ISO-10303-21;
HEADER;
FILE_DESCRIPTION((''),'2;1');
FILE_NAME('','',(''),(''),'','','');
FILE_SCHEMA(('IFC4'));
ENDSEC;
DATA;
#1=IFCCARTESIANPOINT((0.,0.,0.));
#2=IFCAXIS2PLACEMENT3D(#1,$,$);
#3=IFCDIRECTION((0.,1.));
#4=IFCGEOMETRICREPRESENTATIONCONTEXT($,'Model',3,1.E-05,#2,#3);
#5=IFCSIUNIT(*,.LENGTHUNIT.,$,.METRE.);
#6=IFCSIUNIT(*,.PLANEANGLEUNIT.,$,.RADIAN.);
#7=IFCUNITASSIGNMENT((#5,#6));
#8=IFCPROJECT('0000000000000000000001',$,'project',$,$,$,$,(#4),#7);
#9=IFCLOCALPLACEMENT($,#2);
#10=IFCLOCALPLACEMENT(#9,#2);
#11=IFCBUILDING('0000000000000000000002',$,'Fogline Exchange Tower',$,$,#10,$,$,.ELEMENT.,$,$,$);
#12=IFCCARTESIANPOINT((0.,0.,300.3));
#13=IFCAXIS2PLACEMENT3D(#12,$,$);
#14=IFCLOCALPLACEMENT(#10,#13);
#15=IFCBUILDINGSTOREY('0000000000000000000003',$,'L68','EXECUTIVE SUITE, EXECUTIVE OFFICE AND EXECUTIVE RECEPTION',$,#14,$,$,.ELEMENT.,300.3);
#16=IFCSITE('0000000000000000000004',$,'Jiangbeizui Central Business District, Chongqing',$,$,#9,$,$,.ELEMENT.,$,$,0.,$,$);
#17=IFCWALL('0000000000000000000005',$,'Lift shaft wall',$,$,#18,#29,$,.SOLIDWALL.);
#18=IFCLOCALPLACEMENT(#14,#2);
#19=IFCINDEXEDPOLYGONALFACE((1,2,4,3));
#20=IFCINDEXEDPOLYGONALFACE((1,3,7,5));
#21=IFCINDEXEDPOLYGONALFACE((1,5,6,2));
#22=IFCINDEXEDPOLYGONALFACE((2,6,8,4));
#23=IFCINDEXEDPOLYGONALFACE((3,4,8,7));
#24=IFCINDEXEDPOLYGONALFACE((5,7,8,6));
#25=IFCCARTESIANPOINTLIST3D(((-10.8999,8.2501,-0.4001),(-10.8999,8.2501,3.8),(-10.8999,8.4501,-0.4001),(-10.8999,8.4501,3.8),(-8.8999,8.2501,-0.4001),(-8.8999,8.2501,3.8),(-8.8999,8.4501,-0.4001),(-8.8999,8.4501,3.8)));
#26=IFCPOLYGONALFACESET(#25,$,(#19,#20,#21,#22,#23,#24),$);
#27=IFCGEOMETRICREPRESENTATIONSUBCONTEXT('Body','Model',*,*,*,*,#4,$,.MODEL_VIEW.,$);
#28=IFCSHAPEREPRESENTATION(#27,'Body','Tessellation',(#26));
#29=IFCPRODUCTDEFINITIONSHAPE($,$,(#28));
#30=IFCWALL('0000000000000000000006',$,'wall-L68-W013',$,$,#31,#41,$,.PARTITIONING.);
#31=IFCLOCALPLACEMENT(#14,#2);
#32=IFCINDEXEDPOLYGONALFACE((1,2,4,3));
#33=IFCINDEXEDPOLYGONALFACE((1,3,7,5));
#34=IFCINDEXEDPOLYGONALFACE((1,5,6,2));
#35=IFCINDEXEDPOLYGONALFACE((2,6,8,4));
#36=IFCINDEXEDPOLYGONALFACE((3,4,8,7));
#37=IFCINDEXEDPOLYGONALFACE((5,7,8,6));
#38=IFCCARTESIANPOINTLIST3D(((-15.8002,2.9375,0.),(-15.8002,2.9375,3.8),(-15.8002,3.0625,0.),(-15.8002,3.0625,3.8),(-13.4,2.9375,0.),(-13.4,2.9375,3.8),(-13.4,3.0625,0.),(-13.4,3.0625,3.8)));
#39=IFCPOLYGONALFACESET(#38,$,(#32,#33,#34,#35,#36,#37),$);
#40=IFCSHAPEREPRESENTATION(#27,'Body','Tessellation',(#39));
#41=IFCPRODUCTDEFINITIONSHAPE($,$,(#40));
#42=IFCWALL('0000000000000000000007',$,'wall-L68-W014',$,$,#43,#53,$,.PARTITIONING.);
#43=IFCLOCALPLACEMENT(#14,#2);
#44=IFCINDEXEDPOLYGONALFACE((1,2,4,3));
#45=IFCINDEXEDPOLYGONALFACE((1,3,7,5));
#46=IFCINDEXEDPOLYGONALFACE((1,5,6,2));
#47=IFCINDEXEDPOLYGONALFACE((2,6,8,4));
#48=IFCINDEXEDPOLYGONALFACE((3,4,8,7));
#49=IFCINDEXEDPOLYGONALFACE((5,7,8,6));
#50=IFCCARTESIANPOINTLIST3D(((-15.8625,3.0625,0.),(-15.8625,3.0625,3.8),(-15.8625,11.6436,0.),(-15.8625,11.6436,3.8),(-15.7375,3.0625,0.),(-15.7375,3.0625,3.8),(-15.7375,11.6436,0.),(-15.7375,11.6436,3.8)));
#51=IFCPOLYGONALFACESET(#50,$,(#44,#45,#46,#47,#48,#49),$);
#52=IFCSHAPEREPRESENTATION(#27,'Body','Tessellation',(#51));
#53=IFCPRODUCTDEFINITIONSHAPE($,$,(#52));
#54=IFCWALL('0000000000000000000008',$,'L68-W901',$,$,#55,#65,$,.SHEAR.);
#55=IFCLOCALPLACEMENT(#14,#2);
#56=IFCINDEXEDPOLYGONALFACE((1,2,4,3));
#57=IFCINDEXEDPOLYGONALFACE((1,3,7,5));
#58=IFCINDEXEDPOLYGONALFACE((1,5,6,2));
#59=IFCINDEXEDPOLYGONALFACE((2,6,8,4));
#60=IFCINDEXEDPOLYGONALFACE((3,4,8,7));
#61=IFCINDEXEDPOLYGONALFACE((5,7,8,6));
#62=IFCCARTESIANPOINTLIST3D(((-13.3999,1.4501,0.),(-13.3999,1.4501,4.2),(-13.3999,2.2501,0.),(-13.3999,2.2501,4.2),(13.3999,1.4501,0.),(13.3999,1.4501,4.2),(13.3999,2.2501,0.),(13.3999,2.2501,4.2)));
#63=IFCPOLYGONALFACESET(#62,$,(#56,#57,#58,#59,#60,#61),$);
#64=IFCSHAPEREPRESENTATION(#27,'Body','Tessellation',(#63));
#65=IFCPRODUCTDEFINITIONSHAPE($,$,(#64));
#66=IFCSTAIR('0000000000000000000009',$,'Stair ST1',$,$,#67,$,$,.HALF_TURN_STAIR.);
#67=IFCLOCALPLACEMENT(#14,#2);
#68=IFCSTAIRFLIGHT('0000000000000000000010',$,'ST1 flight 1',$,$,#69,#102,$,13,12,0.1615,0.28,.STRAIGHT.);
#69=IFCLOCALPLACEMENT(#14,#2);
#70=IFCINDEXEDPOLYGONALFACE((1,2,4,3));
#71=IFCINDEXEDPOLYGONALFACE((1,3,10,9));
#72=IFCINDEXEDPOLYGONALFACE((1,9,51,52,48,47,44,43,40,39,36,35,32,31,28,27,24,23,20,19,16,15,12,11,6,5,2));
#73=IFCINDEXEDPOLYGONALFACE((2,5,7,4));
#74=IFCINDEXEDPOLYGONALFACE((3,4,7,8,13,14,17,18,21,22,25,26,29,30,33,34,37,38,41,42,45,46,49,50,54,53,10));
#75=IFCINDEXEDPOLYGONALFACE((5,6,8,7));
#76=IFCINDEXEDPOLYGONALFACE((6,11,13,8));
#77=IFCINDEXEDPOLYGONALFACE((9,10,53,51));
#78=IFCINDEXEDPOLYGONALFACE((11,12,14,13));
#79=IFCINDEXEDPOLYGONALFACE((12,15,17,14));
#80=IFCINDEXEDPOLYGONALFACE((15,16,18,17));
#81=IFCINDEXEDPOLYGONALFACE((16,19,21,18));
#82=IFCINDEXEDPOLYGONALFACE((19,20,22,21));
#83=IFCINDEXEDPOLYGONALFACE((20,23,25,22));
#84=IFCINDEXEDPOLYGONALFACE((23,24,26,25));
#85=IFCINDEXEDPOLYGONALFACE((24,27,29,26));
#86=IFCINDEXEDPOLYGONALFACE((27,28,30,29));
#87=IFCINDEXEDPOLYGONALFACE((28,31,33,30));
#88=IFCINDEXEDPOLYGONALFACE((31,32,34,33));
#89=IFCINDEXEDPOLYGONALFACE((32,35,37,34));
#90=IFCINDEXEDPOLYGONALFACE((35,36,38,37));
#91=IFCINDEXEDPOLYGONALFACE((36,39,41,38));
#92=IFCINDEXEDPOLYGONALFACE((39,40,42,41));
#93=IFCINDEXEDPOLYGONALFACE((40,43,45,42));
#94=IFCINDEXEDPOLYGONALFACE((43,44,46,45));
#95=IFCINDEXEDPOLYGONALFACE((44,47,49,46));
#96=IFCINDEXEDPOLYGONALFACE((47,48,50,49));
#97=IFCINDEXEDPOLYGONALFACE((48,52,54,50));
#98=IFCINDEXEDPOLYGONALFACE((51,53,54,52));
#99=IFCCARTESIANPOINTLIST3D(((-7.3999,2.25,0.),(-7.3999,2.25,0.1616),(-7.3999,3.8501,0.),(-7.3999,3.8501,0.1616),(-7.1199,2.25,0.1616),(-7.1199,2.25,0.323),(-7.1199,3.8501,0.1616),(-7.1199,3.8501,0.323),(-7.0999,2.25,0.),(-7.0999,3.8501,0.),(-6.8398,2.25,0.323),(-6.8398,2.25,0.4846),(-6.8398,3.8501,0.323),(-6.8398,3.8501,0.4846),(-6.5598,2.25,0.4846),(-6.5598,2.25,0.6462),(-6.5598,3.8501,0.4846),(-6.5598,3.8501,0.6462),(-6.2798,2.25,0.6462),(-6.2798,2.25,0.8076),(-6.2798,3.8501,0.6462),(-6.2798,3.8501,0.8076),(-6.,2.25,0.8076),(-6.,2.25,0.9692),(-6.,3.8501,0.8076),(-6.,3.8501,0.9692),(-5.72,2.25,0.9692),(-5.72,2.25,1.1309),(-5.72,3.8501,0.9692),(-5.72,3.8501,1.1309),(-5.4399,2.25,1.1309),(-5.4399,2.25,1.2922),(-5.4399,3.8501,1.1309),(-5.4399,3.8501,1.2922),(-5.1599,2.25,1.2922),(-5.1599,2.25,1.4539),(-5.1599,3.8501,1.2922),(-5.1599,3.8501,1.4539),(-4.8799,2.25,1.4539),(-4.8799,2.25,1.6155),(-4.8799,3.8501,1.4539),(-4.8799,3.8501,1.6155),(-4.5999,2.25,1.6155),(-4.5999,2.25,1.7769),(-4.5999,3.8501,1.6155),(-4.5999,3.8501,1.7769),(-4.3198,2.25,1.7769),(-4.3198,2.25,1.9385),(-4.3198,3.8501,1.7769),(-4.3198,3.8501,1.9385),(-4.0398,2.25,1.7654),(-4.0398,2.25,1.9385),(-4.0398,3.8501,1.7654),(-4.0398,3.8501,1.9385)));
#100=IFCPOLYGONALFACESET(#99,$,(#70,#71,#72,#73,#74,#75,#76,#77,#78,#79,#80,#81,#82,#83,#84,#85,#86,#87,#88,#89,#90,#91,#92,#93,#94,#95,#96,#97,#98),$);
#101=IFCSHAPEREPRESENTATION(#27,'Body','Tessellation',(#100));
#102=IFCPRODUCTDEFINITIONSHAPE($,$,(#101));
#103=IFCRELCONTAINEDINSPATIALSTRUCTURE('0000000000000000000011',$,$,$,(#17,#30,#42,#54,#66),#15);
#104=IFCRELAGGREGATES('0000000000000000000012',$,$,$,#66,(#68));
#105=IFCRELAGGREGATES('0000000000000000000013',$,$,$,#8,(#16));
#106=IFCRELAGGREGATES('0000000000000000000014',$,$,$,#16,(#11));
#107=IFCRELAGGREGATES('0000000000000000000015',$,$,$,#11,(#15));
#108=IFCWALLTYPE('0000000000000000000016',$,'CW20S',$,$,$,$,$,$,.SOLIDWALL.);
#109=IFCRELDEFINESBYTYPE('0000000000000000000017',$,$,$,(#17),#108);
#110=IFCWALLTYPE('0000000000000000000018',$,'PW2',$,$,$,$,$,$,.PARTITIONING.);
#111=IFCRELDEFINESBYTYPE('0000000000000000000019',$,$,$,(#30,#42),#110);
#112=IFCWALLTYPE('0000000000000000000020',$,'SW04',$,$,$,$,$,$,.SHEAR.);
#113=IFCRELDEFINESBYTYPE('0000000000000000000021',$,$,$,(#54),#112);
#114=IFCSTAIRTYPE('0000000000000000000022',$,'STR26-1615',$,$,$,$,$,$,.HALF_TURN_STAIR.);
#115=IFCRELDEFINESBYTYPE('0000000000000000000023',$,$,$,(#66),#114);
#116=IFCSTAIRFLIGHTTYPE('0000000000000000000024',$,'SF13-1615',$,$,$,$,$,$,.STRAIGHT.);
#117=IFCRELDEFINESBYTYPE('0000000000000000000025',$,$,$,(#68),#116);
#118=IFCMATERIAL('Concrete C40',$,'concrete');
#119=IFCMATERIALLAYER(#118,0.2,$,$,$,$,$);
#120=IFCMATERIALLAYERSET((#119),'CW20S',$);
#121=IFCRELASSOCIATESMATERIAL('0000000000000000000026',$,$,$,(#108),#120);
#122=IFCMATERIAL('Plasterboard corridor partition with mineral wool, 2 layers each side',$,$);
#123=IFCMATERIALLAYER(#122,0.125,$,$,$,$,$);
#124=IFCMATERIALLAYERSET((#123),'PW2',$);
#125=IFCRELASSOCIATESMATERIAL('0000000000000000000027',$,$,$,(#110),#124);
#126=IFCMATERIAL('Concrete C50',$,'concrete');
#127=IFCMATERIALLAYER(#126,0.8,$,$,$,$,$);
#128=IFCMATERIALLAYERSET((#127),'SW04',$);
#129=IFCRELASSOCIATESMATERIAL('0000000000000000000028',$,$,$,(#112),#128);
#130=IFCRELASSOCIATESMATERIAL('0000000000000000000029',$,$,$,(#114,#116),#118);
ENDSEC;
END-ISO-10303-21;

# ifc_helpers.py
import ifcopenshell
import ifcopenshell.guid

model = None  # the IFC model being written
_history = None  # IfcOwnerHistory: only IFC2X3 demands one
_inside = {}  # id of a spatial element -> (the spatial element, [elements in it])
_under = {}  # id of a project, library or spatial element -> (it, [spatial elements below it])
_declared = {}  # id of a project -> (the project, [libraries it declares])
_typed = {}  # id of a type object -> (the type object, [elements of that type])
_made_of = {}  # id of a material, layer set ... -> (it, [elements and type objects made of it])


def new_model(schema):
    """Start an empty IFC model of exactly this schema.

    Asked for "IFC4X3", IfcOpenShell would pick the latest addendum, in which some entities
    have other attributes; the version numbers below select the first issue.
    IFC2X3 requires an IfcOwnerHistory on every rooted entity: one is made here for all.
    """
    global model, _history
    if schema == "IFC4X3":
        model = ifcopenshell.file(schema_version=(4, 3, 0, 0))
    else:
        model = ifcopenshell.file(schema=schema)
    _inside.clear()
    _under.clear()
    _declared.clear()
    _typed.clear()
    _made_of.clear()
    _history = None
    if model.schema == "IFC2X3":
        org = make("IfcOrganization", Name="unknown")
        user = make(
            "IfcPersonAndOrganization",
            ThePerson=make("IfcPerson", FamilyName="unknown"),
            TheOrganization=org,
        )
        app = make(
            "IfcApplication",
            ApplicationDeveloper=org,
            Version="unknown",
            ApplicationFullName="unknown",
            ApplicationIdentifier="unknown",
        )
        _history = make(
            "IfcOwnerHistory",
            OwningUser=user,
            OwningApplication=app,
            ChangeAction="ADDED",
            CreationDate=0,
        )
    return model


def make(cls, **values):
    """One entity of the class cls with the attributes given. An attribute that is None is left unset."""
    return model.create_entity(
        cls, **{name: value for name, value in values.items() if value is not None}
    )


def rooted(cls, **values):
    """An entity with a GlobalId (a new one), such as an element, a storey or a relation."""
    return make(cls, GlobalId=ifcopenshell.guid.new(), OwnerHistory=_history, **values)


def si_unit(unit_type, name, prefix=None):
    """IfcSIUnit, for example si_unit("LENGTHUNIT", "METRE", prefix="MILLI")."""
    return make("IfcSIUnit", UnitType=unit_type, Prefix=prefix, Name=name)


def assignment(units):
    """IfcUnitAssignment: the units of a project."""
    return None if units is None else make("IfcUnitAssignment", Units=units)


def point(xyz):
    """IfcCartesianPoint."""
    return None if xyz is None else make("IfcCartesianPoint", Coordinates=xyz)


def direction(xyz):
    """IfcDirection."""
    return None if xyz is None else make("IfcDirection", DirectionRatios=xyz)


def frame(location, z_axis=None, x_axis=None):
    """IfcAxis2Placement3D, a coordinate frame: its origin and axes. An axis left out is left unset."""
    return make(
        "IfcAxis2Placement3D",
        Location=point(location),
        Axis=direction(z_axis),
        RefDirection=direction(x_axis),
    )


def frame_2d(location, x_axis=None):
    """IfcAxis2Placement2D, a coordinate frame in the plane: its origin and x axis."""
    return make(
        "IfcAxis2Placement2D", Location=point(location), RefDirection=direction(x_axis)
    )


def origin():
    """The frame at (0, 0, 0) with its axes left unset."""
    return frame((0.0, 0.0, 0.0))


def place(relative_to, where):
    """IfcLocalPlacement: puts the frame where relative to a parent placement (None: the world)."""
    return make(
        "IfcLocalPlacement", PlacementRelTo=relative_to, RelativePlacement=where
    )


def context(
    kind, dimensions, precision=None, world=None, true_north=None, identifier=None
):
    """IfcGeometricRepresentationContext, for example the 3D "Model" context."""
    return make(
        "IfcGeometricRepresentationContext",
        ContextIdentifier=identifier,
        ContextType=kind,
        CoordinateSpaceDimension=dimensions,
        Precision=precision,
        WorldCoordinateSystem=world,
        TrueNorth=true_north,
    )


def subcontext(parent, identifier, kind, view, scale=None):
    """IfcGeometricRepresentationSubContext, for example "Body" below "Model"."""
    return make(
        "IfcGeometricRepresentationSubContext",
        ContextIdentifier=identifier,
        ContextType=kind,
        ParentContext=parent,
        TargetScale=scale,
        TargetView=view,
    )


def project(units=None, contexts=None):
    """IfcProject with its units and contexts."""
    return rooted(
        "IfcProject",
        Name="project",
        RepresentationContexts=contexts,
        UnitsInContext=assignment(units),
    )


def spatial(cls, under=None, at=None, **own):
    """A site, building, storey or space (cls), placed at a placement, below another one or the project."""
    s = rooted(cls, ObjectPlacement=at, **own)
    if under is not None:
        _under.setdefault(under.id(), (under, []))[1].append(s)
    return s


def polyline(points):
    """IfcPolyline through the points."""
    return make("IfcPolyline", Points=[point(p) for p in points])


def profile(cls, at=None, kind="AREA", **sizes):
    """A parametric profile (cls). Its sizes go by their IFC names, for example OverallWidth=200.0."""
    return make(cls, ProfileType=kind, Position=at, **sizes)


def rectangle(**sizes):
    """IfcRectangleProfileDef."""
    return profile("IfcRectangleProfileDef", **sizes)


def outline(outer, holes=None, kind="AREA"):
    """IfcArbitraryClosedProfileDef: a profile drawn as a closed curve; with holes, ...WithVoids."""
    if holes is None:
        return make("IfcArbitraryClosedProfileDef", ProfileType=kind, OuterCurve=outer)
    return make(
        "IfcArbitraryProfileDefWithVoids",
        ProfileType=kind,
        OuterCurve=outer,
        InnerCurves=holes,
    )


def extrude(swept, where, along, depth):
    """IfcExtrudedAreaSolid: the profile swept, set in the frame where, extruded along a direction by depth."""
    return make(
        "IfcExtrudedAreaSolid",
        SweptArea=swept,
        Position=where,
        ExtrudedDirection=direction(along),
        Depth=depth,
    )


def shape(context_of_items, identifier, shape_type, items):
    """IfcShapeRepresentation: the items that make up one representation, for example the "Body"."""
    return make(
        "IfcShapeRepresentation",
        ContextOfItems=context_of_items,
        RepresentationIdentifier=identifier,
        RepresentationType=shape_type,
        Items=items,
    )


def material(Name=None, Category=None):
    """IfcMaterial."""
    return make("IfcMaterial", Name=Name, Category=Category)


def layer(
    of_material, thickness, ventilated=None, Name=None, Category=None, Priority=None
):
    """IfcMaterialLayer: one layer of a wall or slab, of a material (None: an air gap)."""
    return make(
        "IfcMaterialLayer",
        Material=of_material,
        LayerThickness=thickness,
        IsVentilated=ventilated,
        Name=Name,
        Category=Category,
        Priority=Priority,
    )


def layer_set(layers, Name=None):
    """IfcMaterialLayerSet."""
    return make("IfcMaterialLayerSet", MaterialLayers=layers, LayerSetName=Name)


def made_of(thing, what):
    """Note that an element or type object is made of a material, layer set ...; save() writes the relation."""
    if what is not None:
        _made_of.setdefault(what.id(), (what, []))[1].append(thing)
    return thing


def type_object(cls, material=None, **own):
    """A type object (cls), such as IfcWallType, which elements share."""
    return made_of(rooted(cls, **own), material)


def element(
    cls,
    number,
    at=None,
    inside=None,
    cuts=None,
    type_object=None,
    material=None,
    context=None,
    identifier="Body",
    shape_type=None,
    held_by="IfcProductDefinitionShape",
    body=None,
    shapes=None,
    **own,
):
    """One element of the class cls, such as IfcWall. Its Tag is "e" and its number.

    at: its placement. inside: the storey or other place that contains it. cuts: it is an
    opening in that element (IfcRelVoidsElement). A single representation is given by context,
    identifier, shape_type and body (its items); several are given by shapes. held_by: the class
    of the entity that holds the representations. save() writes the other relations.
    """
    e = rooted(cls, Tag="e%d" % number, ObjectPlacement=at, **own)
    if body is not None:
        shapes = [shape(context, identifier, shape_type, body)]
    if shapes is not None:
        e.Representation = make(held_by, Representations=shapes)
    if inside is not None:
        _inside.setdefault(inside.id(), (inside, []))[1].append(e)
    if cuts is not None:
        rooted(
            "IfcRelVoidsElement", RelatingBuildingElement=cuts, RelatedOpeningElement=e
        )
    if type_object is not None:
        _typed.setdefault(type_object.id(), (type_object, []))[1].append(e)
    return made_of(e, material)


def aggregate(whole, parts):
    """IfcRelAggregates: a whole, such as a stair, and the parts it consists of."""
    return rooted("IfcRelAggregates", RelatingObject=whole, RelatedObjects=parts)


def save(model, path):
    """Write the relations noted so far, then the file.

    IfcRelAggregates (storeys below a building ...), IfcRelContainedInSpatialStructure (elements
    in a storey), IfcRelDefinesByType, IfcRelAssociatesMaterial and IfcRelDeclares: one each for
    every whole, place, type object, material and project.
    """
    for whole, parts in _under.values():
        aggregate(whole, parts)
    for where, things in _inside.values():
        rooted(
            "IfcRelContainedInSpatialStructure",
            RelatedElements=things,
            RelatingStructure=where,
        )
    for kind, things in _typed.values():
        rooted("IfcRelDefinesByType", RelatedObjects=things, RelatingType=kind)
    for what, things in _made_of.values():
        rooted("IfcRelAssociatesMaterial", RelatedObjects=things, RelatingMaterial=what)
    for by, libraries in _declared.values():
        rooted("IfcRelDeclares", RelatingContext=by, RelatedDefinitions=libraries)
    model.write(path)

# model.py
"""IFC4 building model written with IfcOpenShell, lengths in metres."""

from ifc_helpers import new_model, si_unit, direction, frame, frame_2d, origin, place, context, subcontext, project, spatial, polyline, rectangle, outline, extrude, material, layer, layer_set, type_object, element, aggregate, save


model = new_model("IFC4")

# Units and contexts
model_context = context("Model", 3, precision=1e-05, world=origin(), true_north=direction((0.0, 1.0)))
body_context = subcontext(model_context, "Body", "Model", "MODEL_VIEW")
ifc_project = project(units=[si_unit("LENGTHUNIT", "METRE"), si_unit("PLANEANGLEUNIT", "RADIAN")], contexts=[model_context])

# Site, building, storey
site_placement = place(None, origin())
site = spatial("IfcSite", under=ifc_project, at=site_placement, Name="Jiangbeizui Central Business District, Chongqing", CompositionType="ELEMENT", RefElevation=0.0)
building_placement = place(site_placement, origin())
building = spatial("IfcBuilding", under=site, at=building_placement, Name="Fogline Exchange Tower", CompositionType="ELEMENT")
storey_placement = place(building_placement, frame((0.0, 0.0, 300.3)))
storey = spatial("IfcBuildingStorey", under=building, at=storey_placement, Name="L68", Description="EXECUTIVE SUITE, EXECUTIVE OFFICE AND EXECUTIVE RECEPTION", CompositionType="ELEMENT", Elevation=300.3)

# Shared definitions
ifc_material_1 = material(Name="Concrete C40", Category="concrete")

# Shared definitions
ifc_layer_1 = layer(ifc_material_1, 0.2)
ifc_layer_set_1 = layer_set([ifc_layer_1], Name="CW20S")
wall_type_1 = type_object("IfcWallType", Name="CW20S", PredefinedType="SOLIDWALL", material=ifc_layer_set_1)

# Walls
wall_1_placement = place(storey_placement, frame((-10.8999, 8.3501, -0.4001), z_axis=(0.0, 0.0, 1.0), x_axis=(1.0, 0.0, 0.0)))
element("IfcWall", 1, at=wall_1_placement, inside=storey, type_object=wall_type_1, Name="Lift shaft wall", PredefinedType="SOLIDWALL", context=body_context, shape_type="SweptSolid", body=[
    extrude(rectangle(XDim=2.0, YDim=0.2, at=frame_2d((1.0, 0.0))), origin(), (0.0, 0.0, 1.0), 4.2002),
])
ifc_material_2 = material(Name="Plasterboard corridor partition with mineral wool, 2 layers each side")
ifc_layer_2 = layer(ifc_material_2, 0.125)
ifc_layer_set_2 = layer_set([ifc_layer_2], Name="PW2")
wall_type_2 = type_object("IfcWallType", Name="PW2", PredefinedType="PARTITIONING", material=ifc_layer_set_2)
wall_2_placement = place(storey_placement, frame((-13.3999, 3.0, 0.0), z_axis=(0.0, 0.0, 1.0), x_axis=(-1.0, 0.0, 0.0)))
element("IfcWall", 2, at=wall_2_placement, inside=storey, type_object=wall_type_2, Name="wall-L68-W013", PredefinedType="PARTITIONING", context=body_context, shape_type="SweptSolid", body=[
    extrude(rectangle(XDim=2.4001, YDim=0.125, at=frame_2d((1.2002, 0.0))), origin(), (0.0, 0.0, 1.0), 3.8),
])
wall_3_placement = place(storey_placement, frame((-15.8, 3.0625, 0.0), z_axis=(0.0, 0.0, 1.0), x_axis=(0.0, 1.0, 0.0)))
element("IfcWall", 3, at=wall_3_placement, inside=storey, type_object=wall_type_2, Name="wall-L68-W014", PredefinedType="PARTITIONING", context=body_context, shape_type="SweptSolid", body=[
    extrude(rectangle(XDim=8.5811, YDim=0.125, at=frame_2d((4.2905, 0.0))), origin(), (0.0, 0.0, 1.0), 3.8),
])
ifc_material_3 = material(Name="Concrete C50", Category="concrete")
ifc_layer_3 = layer(ifc_material_3, 0.8)
ifc_layer_set_3 = layer_set([ifc_layer_3], Name="SW04")
wall_type_3 = type_object("IfcWallType", Name="SW04", PredefinedType="SHEAR", material=ifc_layer_set_3)
wall_4_placement = place(storey_placement, frame((-13.3999, 1.8501, 0.0), z_axis=(0.0, 0.0, 1.0), x_axis=(1.0, 0.0, 0.0)))
element("IfcWall", 4, at=wall_4_placement, inside=storey, type_object=wall_type_3, Name="L68-W901", PredefinedType="SHEAR", context=body_context, shape_type="SweptSolid", body=[
    extrude(rectangle(XDim=26.7998, YDim=0.8, at=frame_2d((13.3999, 0.0))), origin(), (0.0, 0.0, 1.0), 4.2),
])

# Stair, stair flight
stair_type = type_object("IfcStairType", Name="STR26-1615", PredefinedType="HALF_TURN_STAIR", material=ifc_material_1)
stair_placement = place(storey_placement, origin())
stair = element("IfcStair", 5, at=stair_placement, inside=storey, type_object=stair_type, Name="Stair ST1", PredefinedType="HALF_TURN_STAIR")
stair_flight_type = type_object("IfcStairFlightType", Name="SF13-1615", PredefinedType="STRAIGHT", material=ifc_material_1)
stair_flight_placement = place(storey_placement, frame((-7.3999, 3.05, 0.0), z_axis=(0.0, 0.0, 1.0), x_axis=(1.0, 0.0, 0.0)))
stair_flight = element("IfcStairFlight", 6, at=stair_flight_placement, type_object=stair_flight_type, Name="ST1 flight 1", NumberOfRisers=13, NumberOfTreads=12, PredefinedType="STRAIGHT", RiserHeight=0.1615, TreadLength=0.28, context=body_context, shape_type="SweptSolid", body=[
    extrude(outline(polyline([(0.0, 0.0), (0.0, 0.1616), (0.28, 0.1616), (0.28, 0.323), (0.5601, 0.323), (0.5601, 0.4846), (0.8401, 0.4846), (0.8401, 0.6462), (1.1201, 0.6462), (1.1201, 0.8076), (1.3999, 0.8076), (1.3999, 0.9692), (1.6799, 0.9692), (1.6799, 1.1309), (1.96, 1.1309), (1.96, 1.2922), (2.24, 1.2922), (2.24, 1.4539), (2.52, 1.4539), (2.52, 1.6155), (2.8, 1.6155), (2.8, 1.7769), (3.0801, 1.7769), (3.0801, 1.9385), (3.3601, 1.9385), (3.3601, 2.1001), (3.3601, 1.7654), (0.3, 0.0), (0.0, 0.0)])), frame((0.0, 0.8, 0.0), z_axis=(0.0, -1.0, 0.0), x_axis=(1.0, 0.0, 0.0)), (0.0, 0.0, 1.0), 1.6001),
])
aggregate(stair, [stair_flight])

save(model, "model.ifc")
